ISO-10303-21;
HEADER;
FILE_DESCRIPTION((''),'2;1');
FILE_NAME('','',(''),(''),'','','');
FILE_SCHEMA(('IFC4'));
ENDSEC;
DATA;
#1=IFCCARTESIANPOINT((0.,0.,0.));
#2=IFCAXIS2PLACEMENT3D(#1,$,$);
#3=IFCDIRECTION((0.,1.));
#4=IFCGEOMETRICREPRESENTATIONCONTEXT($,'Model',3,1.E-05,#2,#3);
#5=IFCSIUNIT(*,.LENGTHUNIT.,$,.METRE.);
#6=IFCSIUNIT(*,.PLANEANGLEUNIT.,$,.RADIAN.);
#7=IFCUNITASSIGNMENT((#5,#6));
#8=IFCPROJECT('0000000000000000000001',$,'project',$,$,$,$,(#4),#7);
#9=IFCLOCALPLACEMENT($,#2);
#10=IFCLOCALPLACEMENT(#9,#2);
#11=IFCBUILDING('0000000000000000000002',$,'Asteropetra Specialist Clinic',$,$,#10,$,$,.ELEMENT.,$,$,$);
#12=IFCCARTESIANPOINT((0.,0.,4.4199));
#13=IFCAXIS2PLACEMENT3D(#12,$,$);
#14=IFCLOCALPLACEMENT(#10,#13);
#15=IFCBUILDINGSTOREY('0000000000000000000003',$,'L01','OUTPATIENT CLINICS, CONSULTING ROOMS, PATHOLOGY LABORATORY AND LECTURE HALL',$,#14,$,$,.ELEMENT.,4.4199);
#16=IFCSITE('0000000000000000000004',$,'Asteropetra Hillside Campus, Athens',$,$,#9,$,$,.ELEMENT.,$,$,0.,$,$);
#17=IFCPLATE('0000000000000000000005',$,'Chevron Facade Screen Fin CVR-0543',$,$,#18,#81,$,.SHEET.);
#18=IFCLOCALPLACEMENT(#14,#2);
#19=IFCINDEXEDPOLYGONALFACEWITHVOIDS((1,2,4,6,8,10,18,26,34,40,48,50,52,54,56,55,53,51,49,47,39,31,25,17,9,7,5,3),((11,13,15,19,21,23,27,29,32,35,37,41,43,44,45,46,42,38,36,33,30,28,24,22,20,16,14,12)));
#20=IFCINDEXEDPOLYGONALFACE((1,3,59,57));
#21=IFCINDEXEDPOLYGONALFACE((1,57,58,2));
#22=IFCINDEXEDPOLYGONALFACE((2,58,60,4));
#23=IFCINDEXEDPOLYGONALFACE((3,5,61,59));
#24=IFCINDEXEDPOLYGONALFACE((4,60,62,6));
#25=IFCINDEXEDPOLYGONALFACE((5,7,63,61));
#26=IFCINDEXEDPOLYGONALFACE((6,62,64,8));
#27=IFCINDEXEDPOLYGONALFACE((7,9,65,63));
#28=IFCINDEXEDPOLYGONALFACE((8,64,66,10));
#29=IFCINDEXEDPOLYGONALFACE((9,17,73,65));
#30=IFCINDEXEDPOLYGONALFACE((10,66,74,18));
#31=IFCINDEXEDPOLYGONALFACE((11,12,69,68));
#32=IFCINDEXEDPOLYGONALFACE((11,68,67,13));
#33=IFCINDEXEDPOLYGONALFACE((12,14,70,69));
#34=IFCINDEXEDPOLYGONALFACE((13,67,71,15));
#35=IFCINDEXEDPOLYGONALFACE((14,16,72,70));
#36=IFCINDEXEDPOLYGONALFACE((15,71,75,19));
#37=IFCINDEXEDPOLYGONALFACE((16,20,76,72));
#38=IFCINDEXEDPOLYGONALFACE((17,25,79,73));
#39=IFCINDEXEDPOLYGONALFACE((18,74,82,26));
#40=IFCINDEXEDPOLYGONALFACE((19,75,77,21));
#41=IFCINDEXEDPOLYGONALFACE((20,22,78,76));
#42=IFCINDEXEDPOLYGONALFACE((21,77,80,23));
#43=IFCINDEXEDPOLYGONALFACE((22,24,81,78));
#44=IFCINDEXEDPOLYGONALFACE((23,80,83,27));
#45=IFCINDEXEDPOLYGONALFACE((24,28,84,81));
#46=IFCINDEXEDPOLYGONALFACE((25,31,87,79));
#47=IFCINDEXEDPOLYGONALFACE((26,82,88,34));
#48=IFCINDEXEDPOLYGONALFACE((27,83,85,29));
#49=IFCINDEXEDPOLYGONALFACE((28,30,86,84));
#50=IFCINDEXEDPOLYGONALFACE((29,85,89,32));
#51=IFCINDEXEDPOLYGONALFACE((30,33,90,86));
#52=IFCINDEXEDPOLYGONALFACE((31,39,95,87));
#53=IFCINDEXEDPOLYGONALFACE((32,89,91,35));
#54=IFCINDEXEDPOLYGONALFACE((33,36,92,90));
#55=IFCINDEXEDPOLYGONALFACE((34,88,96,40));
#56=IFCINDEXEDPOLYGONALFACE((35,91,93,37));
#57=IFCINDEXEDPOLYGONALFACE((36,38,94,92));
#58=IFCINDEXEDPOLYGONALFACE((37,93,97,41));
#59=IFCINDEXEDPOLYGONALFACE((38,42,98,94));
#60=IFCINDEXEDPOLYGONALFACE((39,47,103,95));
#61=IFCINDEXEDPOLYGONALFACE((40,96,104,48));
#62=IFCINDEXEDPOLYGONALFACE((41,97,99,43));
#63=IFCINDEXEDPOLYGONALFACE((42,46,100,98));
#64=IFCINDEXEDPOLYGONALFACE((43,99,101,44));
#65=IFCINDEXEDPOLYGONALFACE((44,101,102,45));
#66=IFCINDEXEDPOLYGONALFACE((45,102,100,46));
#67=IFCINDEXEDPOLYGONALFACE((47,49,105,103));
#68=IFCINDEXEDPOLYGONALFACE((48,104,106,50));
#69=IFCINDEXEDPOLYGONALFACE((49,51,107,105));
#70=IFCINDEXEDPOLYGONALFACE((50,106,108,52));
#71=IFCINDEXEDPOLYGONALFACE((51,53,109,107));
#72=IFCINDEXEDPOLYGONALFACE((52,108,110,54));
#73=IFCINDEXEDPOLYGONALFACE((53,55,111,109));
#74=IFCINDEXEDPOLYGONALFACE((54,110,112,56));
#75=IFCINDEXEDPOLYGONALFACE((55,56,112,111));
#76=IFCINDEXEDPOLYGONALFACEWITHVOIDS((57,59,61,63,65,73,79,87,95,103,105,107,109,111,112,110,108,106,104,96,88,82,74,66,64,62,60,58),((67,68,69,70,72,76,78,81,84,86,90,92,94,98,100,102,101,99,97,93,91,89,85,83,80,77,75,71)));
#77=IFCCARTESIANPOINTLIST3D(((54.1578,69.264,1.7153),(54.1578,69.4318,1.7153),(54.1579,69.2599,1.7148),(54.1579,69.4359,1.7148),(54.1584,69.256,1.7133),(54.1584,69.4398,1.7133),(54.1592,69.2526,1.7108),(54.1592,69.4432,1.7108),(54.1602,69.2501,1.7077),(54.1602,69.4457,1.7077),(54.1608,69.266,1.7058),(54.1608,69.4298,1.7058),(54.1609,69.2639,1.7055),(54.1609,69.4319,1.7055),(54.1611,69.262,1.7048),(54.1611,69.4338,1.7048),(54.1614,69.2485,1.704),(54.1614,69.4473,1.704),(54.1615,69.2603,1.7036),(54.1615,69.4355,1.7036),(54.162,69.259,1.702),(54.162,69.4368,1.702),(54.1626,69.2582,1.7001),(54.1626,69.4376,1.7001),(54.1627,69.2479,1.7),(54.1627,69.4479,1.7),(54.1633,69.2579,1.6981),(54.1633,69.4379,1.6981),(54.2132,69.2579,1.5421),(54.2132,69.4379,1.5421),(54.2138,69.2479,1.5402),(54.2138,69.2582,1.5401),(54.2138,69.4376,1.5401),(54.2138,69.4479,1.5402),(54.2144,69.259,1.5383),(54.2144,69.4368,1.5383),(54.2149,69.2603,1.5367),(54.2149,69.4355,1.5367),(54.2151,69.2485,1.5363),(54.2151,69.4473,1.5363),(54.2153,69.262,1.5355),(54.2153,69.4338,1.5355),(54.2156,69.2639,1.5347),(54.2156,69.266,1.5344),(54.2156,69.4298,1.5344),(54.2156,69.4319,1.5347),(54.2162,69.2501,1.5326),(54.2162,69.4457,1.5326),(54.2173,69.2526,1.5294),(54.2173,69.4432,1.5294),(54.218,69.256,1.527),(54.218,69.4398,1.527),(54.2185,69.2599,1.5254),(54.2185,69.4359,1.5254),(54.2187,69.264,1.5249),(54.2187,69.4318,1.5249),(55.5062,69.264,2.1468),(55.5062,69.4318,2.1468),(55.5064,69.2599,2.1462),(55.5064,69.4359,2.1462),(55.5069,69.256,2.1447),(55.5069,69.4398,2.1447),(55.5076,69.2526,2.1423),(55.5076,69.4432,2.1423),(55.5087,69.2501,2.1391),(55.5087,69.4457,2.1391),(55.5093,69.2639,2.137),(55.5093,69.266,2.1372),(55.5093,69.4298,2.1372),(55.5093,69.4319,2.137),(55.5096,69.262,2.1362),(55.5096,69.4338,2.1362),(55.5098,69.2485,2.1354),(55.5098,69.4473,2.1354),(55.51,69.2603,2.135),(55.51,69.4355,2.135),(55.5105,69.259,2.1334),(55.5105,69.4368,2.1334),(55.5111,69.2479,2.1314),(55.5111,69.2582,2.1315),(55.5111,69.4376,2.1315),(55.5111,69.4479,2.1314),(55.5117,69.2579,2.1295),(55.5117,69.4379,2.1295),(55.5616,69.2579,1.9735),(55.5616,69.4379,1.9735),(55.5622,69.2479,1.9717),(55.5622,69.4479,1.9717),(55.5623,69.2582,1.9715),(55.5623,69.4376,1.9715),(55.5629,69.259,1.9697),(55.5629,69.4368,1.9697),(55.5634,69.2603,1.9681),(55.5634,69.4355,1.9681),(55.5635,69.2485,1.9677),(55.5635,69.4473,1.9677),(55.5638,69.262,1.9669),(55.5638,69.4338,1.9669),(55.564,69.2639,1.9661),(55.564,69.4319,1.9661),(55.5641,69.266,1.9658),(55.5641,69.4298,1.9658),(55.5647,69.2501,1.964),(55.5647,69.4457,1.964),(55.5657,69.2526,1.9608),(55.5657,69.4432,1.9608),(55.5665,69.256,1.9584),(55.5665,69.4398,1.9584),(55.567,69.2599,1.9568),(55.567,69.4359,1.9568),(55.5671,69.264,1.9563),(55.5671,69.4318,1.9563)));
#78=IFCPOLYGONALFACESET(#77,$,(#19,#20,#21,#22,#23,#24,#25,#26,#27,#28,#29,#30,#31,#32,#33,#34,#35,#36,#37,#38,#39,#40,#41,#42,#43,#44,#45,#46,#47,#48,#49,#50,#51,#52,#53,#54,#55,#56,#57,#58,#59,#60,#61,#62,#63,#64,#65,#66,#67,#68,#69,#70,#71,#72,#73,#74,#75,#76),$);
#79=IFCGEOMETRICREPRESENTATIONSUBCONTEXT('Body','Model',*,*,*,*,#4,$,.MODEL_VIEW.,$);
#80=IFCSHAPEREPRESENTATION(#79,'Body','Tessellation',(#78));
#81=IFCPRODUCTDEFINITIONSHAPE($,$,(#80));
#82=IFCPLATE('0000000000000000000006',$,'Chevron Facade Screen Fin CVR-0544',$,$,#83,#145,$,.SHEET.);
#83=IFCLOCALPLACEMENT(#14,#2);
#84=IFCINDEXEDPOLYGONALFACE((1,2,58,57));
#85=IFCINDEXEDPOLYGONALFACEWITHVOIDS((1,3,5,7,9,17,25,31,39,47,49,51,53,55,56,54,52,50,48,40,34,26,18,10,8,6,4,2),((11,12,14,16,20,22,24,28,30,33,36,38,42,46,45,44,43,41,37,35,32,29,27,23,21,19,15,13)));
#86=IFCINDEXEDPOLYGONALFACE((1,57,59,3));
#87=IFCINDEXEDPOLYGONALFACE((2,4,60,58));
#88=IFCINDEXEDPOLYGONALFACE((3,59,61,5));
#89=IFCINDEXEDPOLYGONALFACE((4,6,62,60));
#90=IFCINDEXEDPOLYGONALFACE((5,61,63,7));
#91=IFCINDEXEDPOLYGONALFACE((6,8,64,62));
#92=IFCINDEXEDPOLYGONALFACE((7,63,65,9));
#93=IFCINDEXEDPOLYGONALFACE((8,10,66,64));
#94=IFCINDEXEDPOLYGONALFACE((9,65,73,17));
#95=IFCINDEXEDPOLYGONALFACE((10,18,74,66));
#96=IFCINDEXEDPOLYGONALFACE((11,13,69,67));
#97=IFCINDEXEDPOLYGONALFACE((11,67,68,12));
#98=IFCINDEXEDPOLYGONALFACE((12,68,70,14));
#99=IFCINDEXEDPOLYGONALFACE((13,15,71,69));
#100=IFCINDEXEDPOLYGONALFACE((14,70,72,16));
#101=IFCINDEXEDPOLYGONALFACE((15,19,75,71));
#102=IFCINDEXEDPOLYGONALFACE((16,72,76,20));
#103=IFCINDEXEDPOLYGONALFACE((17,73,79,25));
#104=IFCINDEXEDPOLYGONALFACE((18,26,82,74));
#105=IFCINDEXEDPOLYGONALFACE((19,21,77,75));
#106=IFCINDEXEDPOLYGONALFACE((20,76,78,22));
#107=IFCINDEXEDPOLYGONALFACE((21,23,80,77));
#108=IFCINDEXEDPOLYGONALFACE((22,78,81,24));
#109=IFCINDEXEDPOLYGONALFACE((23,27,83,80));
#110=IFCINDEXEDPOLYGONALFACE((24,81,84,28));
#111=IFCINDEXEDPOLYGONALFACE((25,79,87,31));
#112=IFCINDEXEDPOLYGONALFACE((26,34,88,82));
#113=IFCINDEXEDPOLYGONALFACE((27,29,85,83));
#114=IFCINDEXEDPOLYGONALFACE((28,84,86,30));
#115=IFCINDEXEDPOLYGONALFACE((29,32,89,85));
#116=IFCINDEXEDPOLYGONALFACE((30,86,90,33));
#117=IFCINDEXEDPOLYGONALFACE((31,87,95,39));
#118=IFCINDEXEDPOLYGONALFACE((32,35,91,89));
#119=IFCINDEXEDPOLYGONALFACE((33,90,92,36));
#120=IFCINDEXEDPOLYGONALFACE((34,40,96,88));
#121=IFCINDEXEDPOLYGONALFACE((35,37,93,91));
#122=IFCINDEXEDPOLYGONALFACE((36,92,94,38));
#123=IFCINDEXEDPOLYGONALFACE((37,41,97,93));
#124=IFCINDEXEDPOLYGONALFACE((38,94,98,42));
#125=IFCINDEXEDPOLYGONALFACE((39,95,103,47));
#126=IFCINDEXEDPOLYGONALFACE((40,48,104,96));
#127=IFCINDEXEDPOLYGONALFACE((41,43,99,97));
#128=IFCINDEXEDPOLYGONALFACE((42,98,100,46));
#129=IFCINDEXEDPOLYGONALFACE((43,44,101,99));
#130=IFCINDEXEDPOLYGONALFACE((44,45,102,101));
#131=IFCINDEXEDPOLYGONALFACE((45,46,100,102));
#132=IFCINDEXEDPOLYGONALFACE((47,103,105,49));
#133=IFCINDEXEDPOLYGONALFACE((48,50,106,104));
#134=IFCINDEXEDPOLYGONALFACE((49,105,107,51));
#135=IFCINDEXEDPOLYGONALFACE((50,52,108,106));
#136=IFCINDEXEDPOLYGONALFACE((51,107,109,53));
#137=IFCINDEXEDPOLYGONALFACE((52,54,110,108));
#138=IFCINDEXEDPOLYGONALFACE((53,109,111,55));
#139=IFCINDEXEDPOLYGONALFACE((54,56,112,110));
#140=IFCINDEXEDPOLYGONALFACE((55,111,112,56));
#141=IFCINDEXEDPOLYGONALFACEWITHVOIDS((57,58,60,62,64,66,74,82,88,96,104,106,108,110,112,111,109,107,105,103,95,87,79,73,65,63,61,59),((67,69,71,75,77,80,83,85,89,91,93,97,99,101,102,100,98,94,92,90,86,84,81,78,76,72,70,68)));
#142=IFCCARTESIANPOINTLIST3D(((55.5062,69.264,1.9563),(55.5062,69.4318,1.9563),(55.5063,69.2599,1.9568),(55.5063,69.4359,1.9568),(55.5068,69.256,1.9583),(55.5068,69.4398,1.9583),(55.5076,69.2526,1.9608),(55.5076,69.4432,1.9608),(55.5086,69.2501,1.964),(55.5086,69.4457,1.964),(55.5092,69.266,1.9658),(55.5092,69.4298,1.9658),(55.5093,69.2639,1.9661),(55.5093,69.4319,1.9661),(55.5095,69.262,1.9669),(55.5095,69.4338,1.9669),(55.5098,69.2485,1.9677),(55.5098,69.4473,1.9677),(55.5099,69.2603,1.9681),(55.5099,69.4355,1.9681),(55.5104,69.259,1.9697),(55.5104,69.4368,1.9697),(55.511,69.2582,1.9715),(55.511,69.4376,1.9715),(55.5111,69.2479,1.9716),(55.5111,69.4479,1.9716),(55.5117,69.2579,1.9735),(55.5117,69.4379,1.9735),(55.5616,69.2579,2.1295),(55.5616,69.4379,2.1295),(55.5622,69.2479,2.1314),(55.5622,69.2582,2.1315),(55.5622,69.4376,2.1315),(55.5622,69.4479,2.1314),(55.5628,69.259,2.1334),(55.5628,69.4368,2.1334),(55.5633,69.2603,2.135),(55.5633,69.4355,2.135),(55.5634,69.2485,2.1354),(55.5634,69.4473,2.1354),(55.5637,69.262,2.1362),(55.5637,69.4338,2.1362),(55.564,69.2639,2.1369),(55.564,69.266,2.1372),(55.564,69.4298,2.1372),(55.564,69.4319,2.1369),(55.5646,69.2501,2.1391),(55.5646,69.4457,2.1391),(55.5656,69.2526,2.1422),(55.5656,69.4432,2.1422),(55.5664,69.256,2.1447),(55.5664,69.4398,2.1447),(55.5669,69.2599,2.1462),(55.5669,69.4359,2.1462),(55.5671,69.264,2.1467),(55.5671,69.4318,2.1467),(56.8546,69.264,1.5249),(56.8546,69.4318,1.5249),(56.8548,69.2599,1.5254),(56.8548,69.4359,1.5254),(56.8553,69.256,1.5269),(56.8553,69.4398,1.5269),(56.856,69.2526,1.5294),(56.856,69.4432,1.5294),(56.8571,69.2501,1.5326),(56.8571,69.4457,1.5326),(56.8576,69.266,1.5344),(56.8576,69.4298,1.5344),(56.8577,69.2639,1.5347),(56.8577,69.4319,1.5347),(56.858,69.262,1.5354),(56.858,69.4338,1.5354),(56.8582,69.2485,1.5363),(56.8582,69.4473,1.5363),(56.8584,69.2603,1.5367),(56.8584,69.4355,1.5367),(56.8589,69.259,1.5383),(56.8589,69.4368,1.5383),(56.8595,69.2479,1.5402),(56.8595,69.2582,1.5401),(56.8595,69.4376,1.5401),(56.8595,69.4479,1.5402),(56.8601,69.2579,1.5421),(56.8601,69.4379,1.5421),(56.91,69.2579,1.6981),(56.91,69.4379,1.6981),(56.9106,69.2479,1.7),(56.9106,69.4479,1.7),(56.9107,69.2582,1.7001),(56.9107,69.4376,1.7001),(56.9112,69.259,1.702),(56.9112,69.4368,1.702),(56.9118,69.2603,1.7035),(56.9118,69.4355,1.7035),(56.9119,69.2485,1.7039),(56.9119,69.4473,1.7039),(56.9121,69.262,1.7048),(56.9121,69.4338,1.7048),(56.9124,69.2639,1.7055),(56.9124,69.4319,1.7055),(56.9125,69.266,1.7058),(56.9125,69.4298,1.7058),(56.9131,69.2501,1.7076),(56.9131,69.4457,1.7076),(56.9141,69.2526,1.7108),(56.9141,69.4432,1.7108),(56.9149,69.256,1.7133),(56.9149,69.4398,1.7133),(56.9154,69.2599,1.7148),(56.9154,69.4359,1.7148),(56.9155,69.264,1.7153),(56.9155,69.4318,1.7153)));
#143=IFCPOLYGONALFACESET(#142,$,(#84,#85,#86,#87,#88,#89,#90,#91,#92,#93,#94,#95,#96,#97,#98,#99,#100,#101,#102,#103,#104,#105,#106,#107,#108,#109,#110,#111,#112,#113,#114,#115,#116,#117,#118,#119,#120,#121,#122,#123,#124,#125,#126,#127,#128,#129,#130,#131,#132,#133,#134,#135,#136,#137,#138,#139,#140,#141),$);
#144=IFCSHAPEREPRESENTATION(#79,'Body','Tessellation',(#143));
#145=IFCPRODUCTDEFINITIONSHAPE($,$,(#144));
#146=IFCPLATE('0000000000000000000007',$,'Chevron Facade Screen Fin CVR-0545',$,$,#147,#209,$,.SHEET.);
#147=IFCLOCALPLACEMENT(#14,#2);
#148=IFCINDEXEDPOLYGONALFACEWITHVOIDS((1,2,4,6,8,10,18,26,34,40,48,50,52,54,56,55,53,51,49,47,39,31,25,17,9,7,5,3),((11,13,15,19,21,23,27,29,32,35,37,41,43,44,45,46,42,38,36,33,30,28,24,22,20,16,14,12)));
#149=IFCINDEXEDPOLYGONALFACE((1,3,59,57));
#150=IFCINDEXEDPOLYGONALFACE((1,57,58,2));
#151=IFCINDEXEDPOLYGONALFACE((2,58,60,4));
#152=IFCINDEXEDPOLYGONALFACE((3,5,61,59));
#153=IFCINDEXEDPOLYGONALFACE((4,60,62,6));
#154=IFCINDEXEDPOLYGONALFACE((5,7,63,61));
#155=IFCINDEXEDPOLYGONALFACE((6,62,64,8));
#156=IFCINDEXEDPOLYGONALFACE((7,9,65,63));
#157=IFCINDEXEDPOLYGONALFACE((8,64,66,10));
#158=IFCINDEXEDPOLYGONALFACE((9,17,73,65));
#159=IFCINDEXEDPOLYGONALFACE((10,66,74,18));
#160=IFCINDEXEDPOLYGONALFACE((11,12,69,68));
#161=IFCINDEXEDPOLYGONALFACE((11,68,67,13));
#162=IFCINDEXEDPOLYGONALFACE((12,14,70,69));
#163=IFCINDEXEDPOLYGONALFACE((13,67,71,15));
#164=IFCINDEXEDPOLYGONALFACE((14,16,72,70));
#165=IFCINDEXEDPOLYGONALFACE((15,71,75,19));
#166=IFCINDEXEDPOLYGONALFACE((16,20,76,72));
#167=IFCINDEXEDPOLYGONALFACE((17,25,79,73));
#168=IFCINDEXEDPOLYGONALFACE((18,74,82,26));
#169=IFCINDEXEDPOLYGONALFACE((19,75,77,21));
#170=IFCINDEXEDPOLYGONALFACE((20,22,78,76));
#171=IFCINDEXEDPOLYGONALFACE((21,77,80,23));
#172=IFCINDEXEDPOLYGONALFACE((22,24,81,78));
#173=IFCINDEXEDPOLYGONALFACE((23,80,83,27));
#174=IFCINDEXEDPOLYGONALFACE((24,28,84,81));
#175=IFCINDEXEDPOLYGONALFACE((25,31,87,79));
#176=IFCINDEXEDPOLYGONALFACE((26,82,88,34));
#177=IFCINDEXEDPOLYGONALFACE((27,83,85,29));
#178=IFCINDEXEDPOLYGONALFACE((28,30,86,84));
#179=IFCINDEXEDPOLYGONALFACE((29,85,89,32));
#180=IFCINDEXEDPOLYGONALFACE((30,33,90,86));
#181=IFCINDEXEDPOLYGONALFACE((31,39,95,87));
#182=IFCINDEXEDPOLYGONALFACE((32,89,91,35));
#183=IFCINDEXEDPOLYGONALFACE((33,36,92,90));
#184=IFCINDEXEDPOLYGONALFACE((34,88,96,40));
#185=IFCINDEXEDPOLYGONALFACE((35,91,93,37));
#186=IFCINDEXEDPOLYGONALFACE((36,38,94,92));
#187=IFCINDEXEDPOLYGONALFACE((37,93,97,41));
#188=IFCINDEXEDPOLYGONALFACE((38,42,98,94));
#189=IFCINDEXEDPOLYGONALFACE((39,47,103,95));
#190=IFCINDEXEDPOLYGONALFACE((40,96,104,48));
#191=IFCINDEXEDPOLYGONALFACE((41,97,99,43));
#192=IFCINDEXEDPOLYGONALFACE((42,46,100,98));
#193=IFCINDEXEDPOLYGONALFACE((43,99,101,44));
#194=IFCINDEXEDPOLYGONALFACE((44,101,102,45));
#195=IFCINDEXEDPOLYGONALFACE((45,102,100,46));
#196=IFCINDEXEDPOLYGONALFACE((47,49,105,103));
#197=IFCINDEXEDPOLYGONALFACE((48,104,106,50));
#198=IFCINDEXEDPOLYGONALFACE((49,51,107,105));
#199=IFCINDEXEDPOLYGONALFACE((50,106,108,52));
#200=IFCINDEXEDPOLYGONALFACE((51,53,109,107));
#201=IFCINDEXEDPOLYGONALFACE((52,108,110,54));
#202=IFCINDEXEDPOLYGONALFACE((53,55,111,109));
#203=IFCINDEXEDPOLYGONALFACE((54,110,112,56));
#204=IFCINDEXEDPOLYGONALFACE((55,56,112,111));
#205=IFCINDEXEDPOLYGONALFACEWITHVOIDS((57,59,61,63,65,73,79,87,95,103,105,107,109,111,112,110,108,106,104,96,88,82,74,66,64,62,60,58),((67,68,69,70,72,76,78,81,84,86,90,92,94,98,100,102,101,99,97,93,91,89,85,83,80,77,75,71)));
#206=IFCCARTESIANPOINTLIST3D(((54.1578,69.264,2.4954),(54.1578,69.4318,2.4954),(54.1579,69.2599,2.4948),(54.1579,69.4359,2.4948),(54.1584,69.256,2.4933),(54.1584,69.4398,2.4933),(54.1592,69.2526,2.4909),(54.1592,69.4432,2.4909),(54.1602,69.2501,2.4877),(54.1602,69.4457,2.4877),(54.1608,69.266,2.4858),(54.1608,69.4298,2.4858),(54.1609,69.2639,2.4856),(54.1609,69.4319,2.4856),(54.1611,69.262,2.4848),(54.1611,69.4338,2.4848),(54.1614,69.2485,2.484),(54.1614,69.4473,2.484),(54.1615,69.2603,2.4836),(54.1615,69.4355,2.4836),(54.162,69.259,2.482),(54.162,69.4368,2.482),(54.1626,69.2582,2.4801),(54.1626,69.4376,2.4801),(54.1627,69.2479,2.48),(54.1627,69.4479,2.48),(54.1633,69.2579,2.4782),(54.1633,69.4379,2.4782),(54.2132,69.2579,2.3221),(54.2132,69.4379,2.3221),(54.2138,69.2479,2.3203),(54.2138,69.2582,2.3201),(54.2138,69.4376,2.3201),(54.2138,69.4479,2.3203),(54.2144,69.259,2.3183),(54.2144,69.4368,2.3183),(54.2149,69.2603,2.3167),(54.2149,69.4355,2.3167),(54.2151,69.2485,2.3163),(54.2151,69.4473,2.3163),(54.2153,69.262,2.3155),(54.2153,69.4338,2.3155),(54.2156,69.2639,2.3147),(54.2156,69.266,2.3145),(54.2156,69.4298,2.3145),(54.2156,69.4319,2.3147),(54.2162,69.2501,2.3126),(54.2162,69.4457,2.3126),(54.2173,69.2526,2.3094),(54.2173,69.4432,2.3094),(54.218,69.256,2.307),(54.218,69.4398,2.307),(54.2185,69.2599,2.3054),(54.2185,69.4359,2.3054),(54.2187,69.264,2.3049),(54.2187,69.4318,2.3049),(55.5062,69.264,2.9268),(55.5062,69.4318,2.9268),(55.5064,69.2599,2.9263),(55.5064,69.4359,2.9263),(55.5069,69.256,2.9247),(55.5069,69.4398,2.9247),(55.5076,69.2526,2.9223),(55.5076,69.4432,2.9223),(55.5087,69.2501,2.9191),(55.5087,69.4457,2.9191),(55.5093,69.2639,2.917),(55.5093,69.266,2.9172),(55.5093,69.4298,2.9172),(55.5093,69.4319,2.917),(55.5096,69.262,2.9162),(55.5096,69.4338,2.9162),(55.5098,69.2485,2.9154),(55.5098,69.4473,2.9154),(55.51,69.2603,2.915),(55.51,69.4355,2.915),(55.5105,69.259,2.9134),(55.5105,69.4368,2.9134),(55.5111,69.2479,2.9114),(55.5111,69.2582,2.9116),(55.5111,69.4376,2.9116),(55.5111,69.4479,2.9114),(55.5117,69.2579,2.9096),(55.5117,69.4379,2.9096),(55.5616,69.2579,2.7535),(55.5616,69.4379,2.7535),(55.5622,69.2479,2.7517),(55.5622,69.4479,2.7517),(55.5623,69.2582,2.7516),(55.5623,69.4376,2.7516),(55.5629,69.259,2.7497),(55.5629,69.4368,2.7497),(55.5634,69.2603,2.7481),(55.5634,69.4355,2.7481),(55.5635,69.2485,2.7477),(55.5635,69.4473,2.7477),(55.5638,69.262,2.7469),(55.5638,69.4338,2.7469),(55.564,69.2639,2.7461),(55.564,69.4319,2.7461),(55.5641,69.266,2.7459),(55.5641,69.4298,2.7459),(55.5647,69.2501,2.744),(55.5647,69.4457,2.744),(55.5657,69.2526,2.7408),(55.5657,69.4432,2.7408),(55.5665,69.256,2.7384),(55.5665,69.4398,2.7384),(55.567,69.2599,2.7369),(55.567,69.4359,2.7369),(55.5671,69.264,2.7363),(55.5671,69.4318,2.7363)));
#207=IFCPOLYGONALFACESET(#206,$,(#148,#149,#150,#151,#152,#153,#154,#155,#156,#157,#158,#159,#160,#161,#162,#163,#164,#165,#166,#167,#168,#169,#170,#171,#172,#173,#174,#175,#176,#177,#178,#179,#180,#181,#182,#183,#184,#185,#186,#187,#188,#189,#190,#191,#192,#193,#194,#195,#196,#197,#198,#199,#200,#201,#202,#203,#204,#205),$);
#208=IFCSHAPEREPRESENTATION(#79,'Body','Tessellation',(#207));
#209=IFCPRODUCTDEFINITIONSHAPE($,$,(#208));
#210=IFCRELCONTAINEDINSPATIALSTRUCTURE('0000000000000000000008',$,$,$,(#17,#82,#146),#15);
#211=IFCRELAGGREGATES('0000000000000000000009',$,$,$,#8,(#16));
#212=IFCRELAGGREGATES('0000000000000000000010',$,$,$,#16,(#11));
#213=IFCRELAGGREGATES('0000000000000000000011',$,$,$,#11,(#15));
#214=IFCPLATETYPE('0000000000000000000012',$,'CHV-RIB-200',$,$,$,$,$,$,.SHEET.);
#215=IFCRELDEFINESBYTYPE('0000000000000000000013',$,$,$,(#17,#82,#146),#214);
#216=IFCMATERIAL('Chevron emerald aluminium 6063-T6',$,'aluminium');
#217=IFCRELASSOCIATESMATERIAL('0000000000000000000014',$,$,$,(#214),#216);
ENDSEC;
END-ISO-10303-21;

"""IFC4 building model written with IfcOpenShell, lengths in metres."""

from ifc_helpers import new_model, si_unit, direction, frame, origin, origin_2d, place, context, subcontext, project, spatial, hollow_rectangle, extrude, material, material_profile, profile_set, type_object, element, save


model = new_model("IFC4")

# Units and contexts
model_context = context("Model", 3, precision=1e-05, world=origin(), true_north=direction((0.0, 1.0)))
body_context = subcontext(model_context, "Body", "Model", "MODEL_VIEW")
ifc_project = project(units=[si_unit("LENGTHUNIT", "METRE"), si_unit("PLANEANGLEUNIT", "RADIAN")], contexts=[model_context])

# Site, building, storey
site_placement = place(None, origin())
site = spatial("IfcSite", under=ifc_project, at=site_placement, Name="Asteropetra Hillside Campus, Athens", CompositionType="ELEMENT", RefElevation=0.0)
building_placement = place(site_placement, origin())
building = spatial("IfcBuilding", under=site, at=building_placement, Name="Asteropetra Specialist Clinic", CompositionType="ELEMENT")
storey_placement = place(building_placement, frame((0.0, 0.0, 4.4199)))
storey = spatial("IfcBuildingStorey", under=building, at=storey_placement, Name="L01", Description="OUTPATIENT CLINICS, CONSULTING ROOMS, PATHOLOGY LABORATORY AND LECTURE HALL", CompositionType="ELEMENT", Elevation=4.4199)

# Plates
ifc_material_1 = material(Name="Chevron emerald aluminium 6063-T6", Category="aluminium")
ifc_material_profile_1 = material_profile(ifc_material_1, hollow_rectangle(XDim=0.2, YDim=0.2, WallThickness=0.01, InnerFilletRadius=0.0081, OuterFilletRadius=0.0161, at=origin_2d()), Name="SHS 200x200x10.0")
ifc_profile_set_1 = profile_set([ifc_material_profile_1], Name="Chevron emerald aluminium 6063-T6")
plate_type_1 = type_object("IfcPlateType", Name="CHV-RIB-200", PredefinedType="SHEET", material=ifc_profile_set_1)
for number, where, z_axis, x_axis, name in (
    (1, (54.1882, 69.3479, 1.6201), (0.952442, 0.0, 0.304719), (0.0, 1.0, 0.0), "Chevron Facade Screen Fin CVR-0543"),
    (2, (55.5366, 69.3479, 2.0515), (0.952442, 0.0, -0.304719), (0.0, 1.0, 0.0), "Chevron Facade Screen Fin CVR-0544"),
    (3, (54.1882, 69.3479, 2.4001), (0.952442, 0.0, 0.304719), (0.0, 1.0, 0.0), "Chevron Facade Screen Fin CVR-0545"),
):
    element("IfcPlate", number, at=place(storey_placement, frame(where, z_axis=z_axis, x_axis=x_axis)), inside=storey, type_object=plate_type_1, Name=name, PredefinedType="SHEET", context=body_context, shape_type="SweptSolid", body=[
        extrude(hollow_rectangle(XDim=0.2, YDim=0.2, WallThickness=0.01, InnerFilletRadius=0.0081, OuterFilletRadius=0.0161, at=origin_2d()), origin(), (0.0, 0.0, 1.0), 1.4158),
    ])

save(model, "model.ifc")
